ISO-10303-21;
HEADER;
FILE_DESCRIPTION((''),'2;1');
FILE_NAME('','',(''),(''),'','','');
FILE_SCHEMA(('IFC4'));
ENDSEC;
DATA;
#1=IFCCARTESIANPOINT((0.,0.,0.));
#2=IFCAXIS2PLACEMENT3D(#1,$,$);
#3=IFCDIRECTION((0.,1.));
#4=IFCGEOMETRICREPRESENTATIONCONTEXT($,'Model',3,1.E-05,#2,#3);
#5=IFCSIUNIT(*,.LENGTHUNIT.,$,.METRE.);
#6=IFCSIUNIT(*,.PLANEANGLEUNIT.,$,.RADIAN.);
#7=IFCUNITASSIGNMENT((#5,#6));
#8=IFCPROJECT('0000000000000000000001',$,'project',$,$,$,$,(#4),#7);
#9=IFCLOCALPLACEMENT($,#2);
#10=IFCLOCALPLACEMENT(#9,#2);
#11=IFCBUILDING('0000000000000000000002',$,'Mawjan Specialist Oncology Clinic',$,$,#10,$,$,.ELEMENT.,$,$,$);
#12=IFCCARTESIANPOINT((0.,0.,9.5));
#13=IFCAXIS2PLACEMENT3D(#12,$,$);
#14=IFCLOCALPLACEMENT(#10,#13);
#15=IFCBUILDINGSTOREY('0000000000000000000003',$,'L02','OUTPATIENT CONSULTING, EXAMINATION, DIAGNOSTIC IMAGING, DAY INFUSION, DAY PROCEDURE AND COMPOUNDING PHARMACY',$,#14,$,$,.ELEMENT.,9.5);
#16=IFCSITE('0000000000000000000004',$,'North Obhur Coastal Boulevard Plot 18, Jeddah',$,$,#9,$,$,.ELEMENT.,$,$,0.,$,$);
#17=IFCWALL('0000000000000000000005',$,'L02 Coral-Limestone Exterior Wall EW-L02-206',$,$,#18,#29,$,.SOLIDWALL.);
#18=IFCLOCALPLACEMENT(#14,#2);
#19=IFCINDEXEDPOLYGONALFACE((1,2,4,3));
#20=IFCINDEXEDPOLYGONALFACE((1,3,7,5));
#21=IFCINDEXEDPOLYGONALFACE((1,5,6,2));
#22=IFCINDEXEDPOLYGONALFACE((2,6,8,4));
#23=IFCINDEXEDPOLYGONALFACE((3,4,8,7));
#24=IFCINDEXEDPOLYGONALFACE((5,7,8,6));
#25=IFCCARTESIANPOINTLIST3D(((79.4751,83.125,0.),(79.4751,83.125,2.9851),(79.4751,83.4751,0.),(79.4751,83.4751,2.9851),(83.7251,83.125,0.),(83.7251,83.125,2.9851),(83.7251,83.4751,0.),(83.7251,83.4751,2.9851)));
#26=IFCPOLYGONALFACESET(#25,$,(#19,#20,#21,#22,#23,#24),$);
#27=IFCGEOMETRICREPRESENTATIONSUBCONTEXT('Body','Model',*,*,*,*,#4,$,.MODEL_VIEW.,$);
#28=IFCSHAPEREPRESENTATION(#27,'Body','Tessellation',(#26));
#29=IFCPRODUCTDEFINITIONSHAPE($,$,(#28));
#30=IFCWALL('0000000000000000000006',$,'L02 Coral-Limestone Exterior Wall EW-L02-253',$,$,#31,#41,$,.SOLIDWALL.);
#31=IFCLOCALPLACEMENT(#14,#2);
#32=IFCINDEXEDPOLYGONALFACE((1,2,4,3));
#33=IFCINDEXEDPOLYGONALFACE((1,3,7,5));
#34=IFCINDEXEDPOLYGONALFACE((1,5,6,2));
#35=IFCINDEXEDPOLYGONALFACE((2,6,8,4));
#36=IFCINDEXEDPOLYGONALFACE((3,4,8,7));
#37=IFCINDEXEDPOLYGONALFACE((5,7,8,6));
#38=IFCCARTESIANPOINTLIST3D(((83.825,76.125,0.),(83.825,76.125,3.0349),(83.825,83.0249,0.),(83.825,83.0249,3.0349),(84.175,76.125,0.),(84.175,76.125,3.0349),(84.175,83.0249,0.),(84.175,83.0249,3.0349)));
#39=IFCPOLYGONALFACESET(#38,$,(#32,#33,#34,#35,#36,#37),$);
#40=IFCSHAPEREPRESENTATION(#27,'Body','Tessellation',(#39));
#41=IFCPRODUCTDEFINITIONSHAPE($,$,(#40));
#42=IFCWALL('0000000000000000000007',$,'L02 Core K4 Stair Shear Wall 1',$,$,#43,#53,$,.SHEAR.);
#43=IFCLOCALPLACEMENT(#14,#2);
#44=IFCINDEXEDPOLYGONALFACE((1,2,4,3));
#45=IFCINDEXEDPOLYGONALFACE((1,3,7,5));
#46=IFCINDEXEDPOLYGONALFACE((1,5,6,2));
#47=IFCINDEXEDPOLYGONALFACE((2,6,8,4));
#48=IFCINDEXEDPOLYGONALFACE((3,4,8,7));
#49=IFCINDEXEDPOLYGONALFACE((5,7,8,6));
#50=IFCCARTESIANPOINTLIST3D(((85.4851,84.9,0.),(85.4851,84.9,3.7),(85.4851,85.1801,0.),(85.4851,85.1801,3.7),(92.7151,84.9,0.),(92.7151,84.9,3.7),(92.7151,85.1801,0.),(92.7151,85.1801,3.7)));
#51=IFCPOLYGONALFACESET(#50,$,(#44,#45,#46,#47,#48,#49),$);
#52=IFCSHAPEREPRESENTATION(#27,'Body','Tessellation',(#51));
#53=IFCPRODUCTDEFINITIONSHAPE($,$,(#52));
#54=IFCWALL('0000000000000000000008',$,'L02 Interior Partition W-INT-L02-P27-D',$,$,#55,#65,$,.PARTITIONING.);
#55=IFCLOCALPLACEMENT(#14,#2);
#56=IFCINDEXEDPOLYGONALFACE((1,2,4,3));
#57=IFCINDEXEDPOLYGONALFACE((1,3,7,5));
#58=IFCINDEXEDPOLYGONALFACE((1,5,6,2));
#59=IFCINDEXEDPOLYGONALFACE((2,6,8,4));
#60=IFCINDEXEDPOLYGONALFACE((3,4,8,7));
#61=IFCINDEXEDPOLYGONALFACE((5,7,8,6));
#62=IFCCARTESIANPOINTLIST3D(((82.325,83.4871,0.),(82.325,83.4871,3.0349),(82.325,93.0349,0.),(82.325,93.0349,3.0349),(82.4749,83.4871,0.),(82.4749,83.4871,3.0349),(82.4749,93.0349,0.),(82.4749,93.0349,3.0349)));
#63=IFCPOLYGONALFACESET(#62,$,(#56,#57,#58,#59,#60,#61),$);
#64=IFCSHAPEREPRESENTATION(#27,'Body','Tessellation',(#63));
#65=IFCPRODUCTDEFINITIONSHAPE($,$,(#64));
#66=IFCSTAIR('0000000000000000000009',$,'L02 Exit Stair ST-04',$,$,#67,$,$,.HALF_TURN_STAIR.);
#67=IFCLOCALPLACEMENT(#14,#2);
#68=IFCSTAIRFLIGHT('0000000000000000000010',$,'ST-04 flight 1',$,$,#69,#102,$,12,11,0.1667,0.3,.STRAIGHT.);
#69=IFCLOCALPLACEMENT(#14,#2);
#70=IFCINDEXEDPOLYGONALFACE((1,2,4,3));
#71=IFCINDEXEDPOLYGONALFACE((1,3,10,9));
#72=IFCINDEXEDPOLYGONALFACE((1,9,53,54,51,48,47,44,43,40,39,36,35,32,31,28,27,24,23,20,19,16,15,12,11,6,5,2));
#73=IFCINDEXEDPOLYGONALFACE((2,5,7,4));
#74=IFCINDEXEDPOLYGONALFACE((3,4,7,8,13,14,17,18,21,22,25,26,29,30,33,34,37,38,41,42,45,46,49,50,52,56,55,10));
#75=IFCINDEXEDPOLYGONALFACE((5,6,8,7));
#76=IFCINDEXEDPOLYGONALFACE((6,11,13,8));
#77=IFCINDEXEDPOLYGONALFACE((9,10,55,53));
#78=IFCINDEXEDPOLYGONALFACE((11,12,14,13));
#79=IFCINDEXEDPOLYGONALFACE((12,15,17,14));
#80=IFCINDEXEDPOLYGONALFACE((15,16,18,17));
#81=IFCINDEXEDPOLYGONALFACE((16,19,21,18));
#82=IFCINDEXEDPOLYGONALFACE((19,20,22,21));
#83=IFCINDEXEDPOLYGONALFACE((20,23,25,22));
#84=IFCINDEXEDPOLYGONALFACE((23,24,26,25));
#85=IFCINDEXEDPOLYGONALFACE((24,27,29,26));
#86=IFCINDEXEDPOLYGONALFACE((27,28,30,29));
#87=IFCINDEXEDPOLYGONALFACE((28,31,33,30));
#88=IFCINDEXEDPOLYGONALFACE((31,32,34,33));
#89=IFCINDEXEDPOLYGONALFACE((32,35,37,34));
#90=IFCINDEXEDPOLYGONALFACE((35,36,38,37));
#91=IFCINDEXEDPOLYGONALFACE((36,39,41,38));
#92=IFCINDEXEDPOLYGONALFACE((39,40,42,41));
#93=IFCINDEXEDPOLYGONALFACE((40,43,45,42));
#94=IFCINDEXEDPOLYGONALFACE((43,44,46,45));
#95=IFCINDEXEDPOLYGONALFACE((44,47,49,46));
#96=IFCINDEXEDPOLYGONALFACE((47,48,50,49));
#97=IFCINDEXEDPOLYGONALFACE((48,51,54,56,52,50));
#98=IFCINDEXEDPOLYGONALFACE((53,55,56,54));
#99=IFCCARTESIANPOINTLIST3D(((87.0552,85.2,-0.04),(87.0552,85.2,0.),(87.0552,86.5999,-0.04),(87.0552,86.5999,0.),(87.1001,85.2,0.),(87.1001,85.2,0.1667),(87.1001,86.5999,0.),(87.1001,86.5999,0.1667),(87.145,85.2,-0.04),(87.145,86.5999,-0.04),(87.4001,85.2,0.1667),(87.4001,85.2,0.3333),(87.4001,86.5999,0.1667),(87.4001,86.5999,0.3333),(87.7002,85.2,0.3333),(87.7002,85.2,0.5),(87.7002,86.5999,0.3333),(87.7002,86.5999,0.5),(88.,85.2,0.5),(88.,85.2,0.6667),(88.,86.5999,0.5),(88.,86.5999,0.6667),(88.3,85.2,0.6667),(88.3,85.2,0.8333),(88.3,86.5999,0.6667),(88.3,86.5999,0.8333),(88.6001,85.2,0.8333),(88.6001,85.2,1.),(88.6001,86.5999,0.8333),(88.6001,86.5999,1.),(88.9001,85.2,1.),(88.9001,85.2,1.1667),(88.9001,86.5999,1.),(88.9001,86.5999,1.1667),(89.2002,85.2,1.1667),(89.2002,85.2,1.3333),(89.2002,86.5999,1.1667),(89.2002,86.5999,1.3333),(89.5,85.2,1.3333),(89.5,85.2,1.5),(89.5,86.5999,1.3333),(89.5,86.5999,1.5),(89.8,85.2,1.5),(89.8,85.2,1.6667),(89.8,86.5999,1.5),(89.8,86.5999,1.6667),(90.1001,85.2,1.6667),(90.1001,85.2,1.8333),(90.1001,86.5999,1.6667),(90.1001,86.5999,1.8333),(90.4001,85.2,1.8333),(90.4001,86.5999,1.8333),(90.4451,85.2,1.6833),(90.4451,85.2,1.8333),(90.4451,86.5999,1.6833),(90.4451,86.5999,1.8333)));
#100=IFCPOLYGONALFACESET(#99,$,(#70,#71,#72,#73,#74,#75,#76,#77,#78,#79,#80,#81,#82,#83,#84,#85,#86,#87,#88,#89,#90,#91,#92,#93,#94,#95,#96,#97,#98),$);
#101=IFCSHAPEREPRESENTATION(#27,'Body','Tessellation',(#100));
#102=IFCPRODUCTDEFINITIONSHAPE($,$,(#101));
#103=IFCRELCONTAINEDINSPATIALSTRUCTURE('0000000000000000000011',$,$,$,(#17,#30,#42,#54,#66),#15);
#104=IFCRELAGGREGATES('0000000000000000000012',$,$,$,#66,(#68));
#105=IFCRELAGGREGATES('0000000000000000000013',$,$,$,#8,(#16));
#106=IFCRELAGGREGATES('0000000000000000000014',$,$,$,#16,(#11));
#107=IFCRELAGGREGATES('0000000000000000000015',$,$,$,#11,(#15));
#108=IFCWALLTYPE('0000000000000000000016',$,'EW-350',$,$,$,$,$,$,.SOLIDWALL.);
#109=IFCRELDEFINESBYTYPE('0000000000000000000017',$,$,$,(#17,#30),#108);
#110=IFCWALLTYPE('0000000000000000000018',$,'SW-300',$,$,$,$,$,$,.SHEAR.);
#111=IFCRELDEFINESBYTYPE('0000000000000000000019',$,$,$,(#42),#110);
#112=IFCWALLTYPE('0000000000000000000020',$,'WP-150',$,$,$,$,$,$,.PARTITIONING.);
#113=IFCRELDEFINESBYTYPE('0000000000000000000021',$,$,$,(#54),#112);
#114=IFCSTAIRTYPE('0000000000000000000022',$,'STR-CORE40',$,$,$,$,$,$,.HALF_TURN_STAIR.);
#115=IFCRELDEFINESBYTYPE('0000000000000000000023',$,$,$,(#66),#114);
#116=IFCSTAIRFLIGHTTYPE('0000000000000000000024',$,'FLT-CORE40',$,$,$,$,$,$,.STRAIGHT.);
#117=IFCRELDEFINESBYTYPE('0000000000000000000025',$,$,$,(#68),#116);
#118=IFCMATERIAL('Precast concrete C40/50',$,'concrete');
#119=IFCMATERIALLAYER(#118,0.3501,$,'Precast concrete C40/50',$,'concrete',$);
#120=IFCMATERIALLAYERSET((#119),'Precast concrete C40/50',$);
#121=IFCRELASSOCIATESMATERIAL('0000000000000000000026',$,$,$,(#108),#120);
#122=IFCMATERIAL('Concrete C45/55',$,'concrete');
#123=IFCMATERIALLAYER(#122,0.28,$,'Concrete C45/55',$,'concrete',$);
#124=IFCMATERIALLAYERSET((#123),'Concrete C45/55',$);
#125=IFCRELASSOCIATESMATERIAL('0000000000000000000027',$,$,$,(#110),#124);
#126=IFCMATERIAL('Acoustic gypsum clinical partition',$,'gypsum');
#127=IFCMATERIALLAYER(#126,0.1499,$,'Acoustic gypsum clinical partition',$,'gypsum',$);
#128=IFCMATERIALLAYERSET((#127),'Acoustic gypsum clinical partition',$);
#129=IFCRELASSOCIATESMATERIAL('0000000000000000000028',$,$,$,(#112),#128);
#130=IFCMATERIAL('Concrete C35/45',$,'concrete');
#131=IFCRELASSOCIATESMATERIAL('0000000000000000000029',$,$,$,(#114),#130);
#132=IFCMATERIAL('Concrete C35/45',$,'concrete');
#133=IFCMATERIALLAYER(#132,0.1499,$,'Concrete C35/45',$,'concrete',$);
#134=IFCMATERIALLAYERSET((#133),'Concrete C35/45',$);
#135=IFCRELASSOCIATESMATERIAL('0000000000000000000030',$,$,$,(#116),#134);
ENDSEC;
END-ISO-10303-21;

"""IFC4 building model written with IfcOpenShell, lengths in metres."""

from ifc_helpers import new_model, si_unit, direction, frame, frame_2d, origin, place, context, subcontext, project, spatial, polyline, rectangle, outline, extrude, material, layer, layer_set, type_object, element, aggregate, save


model = new_model("IFC4")

# Units and contexts
model_context = context("Model", 3, precision=1e-05, world=origin(), true_north=direction((0.0, 1.0)))
body_context = subcontext(model_context, "Body", "Model", "MODEL_VIEW")
ifc_project = project(units=[si_unit("LENGTHUNIT", "METRE"), si_unit("PLANEANGLEUNIT", "RADIAN")], contexts=[model_context])

# Site, building, storey
site_placement = place(None, origin())
site = spatial("IfcSite", under=ifc_project, at=site_placement, Name="North Obhur Coastal Boulevard Plot 18, Jeddah", CompositionType="ELEMENT", RefElevation=0.0)
building_placement = place(site_placement, origin())
building = spatial("IfcBuilding", under=site, at=building_placement, Name="Mawjan Specialist Oncology Clinic", CompositionType="ELEMENT")
storey_placement = place(building_placement, frame((0.0, 0.0, 9.5)))
storey = spatial("IfcBuildingStorey", under=building, at=storey_placement, Name="L02", Description="OUTPATIENT CONSULTING, EXAMINATION, DIAGNOSTIC IMAGING, DAY INFUSION, DAY PROCEDURE AND COMPOUNDING PHARMACY", CompositionType="ELEMENT", Elevation=9.5)

# Walls
ifc_material_1 = material(Name="Precast concrete C40/50", Category="concrete")
ifc_layer_1 = layer(ifc_material_1, 0.3501, Name="Precast concrete C40/50", Category="concrete")
ifc_layer_set_1 = layer_set([ifc_layer_1], Name="Precast concrete C40/50")
wall_type_1 = type_object("IfcWallType", Name="EW-350", PredefinedType="SOLIDWALL", material=ifc_layer_set_1)
wall_1_placement = place(storey_placement, frame((83.7251, 83.3, 0.0), z_axis=(0.0, 0.0, 1.0), x_axis=(-1.0, 0.0, 0.0)))
element("IfcWall", 1, at=wall_1_placement, inside=storey, type_object=wall_type_1, Name="L02 Coral-Limestone Exterior Wall EW-L02-206", PredefinedType="SOLIDWALL", context=body_context, shape_type="SweptSolid", body=[
    extrude(rectangle(XDim=4.25, YDim=0.3501, at=frame_2d((2.125, 0.0))), origin(), (0.0, 0.0, 1.0), 2.9851),
])
wall_2_placement = place(storey_placement, frame((84.0, 76.125, 0.0), z_axis=(0.0, 0.0, 1.0), x_axis=(0.0, 1.0, 0.0)))
element("IfcWall", 2, at=wall_2_placement, inside=storey, type_object=wall_type_1, Name="L02 Coral-Limestone Exterior Wall EW-L02-253", PredefinedType="SOLIDWALL", context=body_context, shape_type="SweptSolid", body=[
    extrude(rectangle(XDim=6.8999, YDim=0.3501, at=frame_2d((3.45, 0.0))), origin(), (0.0, 0.0, 1.0), 3.0349),
])
ifc_material_2 = material(Name="Concrete C45/55", Category="concrete")
ifc_layer_2 = layer(ifc_material_2, 0.28, Name="Concrete C45/55", Category="concrete")
ifc_layer_set_2 = layer_set([ifc_layer_2], Name="Concrete C45/55")
wall_type_2 = type_object("IfcWallType", Name="SW-300", PredefinedType="SHEAR", material=ifc_layer_set_2)
wall_3_placement = place(storey_placement, frame((85.4851, 85.04, 0.0), z_axis=(0.0, 0.0, 1.0), x_axis=(1.0, 0.0, 0.0)))
element("IfcWall", 3, at=wall_3_placement, inside=storey, type_object=wall_type_2, Name="L02 Core K4 Stair Shear Wall 1", PredefinedType="SHEAR", context=body_context, shape_type="SweptSolid", body=[
    extrude(rectangle(XDim=7.23, YDim=0.28, at=frame_2d((3.615, 0.0))), origin(), (0.0, 0.0, 1.0), 3.7),
])

# Wall
ifc_material_3 = material(Name="Acoustic gypsum clinical partition", Category="gypsum")
ifc_layer_3 = layer(ifc_material_3, 0.1499, Name="Acoustic gypsum clinical partition", Category="gypsum")
ifc_layer_set_3 = layer_set([ifc_layer_3], Name="Acoustic gypsum clinical partition")
wall_type_3 = type_object("IfcWallType", Name="WP-150", PredefinedType="PARTITIONING", material=ifc_layer_set_3)
wall_4_placement = place(storey_placement, frame((82.3999, 83.4871, 0.0), z_axis=(0.0, 0.0, 1.0), x_axis=(0.0, 1.0, 0.0)))
element("IfcWall", 4, at=wall_4_placement, inside=storey, type_object=wall_type_3, Name="L02 Interior Partition W-INT-L02-P27-D", PredefinedType="PARTITIONING", context=body_context, shape_type="SweptSolid", body=[
    extrude(rectangle(XDim=9.5479, YDim=0.1499, at=frame_2d((4.7739, 0.0))), origin(), (0.0, 0.0, 1.0), 3.0349),
])

# Stair, stair flight
ifc_material_4 = material(Name="Concrete C35/45", Category="concrete")
stair_type = type_object("IfcStairType", Name="STR-CORE40", PredefinedType="HALF_TURN_STAIR", material=ifc_material_4)
stair_placement = place(storey_placement, origin())
stair = element("IfcStair", 5, at=stair_placement, inside=storey, type_object=stair_type, Name="L02 Exit Stair ST-04", PredefinedType="HALF_TURN_STAIR")
ifc_material_5 = material(Name="Concrete C35/45", Category="concrete")
ifc_layer_4 = layer(ifc_material_5, 0.1499, Name="Concrete C35/45", Category="concrete")
ifc_layer_set_4 = layer_set([ifc_layer_4], Name="Concrete C35/45")
stair_flight_type = type_object("IfcStairFlightType", Name="FLT-CORE40", PredefinedType="STRAIGHT", material=ifc_layer_set_4)
stair_flight_placement = place(storey_placement, frame((87.1001, 85.8999, 0.0), z_axis=(0.0, 0.0, 1.0), x_axis=(1.0, 0.0, 0.0)))
stair_flight = element("IfcStairFlight", 6, at=stair_flight_placement, type_object=stair_flight_type, Name="ST-04 flight 1", NumberOfRisers=12, NumberOfTreads=11, PredefinedType="STRAIGHT", RiserHeight=0.1667, TreadLength=0.3, context=body_context, shape_type="SweptSolid", body=[
    extrude(outline(polyline([(-0.0449, -0.04), (-0.0449, 0.0), (0.0, 0.0), (0.0, 0.1667), (0.3, 0.1667), (0.3, 0.3333), (0.6001, 0.3333), (0.6001, 0.5), (0.8999, 0.5), (0.8999, 0.6667), (1.2, 0.6667), (1.2, 0.8333), (1.5, 0.8333), (1.5, 1.0), (1.8, 1.0), (1.8, 1.1667), (2.1001, 1.1667), (2.1001, 1.3333), (2.3999, 1.3333), (2.3999, 1.5), (2.7, 1.5), (2.7, 1.6667), (3.0, 1.6667), (3.0, 1.8333), (3.3, 1.8333), (3.345, 1.8333), (3.345, 1.6833), (0.0449, -0.04), (-0.0449, -0.04)])), frame((0.0, 0.7, 0.0), z_axis=(0.0, -1.0, 0.0), x_axis=(1.0, 0.0, 0.0)), (0.0, 0.0, 1.0), 1.3999),
])
aggregate(stair, [stair_flight])

save(model, "model.ifc")
